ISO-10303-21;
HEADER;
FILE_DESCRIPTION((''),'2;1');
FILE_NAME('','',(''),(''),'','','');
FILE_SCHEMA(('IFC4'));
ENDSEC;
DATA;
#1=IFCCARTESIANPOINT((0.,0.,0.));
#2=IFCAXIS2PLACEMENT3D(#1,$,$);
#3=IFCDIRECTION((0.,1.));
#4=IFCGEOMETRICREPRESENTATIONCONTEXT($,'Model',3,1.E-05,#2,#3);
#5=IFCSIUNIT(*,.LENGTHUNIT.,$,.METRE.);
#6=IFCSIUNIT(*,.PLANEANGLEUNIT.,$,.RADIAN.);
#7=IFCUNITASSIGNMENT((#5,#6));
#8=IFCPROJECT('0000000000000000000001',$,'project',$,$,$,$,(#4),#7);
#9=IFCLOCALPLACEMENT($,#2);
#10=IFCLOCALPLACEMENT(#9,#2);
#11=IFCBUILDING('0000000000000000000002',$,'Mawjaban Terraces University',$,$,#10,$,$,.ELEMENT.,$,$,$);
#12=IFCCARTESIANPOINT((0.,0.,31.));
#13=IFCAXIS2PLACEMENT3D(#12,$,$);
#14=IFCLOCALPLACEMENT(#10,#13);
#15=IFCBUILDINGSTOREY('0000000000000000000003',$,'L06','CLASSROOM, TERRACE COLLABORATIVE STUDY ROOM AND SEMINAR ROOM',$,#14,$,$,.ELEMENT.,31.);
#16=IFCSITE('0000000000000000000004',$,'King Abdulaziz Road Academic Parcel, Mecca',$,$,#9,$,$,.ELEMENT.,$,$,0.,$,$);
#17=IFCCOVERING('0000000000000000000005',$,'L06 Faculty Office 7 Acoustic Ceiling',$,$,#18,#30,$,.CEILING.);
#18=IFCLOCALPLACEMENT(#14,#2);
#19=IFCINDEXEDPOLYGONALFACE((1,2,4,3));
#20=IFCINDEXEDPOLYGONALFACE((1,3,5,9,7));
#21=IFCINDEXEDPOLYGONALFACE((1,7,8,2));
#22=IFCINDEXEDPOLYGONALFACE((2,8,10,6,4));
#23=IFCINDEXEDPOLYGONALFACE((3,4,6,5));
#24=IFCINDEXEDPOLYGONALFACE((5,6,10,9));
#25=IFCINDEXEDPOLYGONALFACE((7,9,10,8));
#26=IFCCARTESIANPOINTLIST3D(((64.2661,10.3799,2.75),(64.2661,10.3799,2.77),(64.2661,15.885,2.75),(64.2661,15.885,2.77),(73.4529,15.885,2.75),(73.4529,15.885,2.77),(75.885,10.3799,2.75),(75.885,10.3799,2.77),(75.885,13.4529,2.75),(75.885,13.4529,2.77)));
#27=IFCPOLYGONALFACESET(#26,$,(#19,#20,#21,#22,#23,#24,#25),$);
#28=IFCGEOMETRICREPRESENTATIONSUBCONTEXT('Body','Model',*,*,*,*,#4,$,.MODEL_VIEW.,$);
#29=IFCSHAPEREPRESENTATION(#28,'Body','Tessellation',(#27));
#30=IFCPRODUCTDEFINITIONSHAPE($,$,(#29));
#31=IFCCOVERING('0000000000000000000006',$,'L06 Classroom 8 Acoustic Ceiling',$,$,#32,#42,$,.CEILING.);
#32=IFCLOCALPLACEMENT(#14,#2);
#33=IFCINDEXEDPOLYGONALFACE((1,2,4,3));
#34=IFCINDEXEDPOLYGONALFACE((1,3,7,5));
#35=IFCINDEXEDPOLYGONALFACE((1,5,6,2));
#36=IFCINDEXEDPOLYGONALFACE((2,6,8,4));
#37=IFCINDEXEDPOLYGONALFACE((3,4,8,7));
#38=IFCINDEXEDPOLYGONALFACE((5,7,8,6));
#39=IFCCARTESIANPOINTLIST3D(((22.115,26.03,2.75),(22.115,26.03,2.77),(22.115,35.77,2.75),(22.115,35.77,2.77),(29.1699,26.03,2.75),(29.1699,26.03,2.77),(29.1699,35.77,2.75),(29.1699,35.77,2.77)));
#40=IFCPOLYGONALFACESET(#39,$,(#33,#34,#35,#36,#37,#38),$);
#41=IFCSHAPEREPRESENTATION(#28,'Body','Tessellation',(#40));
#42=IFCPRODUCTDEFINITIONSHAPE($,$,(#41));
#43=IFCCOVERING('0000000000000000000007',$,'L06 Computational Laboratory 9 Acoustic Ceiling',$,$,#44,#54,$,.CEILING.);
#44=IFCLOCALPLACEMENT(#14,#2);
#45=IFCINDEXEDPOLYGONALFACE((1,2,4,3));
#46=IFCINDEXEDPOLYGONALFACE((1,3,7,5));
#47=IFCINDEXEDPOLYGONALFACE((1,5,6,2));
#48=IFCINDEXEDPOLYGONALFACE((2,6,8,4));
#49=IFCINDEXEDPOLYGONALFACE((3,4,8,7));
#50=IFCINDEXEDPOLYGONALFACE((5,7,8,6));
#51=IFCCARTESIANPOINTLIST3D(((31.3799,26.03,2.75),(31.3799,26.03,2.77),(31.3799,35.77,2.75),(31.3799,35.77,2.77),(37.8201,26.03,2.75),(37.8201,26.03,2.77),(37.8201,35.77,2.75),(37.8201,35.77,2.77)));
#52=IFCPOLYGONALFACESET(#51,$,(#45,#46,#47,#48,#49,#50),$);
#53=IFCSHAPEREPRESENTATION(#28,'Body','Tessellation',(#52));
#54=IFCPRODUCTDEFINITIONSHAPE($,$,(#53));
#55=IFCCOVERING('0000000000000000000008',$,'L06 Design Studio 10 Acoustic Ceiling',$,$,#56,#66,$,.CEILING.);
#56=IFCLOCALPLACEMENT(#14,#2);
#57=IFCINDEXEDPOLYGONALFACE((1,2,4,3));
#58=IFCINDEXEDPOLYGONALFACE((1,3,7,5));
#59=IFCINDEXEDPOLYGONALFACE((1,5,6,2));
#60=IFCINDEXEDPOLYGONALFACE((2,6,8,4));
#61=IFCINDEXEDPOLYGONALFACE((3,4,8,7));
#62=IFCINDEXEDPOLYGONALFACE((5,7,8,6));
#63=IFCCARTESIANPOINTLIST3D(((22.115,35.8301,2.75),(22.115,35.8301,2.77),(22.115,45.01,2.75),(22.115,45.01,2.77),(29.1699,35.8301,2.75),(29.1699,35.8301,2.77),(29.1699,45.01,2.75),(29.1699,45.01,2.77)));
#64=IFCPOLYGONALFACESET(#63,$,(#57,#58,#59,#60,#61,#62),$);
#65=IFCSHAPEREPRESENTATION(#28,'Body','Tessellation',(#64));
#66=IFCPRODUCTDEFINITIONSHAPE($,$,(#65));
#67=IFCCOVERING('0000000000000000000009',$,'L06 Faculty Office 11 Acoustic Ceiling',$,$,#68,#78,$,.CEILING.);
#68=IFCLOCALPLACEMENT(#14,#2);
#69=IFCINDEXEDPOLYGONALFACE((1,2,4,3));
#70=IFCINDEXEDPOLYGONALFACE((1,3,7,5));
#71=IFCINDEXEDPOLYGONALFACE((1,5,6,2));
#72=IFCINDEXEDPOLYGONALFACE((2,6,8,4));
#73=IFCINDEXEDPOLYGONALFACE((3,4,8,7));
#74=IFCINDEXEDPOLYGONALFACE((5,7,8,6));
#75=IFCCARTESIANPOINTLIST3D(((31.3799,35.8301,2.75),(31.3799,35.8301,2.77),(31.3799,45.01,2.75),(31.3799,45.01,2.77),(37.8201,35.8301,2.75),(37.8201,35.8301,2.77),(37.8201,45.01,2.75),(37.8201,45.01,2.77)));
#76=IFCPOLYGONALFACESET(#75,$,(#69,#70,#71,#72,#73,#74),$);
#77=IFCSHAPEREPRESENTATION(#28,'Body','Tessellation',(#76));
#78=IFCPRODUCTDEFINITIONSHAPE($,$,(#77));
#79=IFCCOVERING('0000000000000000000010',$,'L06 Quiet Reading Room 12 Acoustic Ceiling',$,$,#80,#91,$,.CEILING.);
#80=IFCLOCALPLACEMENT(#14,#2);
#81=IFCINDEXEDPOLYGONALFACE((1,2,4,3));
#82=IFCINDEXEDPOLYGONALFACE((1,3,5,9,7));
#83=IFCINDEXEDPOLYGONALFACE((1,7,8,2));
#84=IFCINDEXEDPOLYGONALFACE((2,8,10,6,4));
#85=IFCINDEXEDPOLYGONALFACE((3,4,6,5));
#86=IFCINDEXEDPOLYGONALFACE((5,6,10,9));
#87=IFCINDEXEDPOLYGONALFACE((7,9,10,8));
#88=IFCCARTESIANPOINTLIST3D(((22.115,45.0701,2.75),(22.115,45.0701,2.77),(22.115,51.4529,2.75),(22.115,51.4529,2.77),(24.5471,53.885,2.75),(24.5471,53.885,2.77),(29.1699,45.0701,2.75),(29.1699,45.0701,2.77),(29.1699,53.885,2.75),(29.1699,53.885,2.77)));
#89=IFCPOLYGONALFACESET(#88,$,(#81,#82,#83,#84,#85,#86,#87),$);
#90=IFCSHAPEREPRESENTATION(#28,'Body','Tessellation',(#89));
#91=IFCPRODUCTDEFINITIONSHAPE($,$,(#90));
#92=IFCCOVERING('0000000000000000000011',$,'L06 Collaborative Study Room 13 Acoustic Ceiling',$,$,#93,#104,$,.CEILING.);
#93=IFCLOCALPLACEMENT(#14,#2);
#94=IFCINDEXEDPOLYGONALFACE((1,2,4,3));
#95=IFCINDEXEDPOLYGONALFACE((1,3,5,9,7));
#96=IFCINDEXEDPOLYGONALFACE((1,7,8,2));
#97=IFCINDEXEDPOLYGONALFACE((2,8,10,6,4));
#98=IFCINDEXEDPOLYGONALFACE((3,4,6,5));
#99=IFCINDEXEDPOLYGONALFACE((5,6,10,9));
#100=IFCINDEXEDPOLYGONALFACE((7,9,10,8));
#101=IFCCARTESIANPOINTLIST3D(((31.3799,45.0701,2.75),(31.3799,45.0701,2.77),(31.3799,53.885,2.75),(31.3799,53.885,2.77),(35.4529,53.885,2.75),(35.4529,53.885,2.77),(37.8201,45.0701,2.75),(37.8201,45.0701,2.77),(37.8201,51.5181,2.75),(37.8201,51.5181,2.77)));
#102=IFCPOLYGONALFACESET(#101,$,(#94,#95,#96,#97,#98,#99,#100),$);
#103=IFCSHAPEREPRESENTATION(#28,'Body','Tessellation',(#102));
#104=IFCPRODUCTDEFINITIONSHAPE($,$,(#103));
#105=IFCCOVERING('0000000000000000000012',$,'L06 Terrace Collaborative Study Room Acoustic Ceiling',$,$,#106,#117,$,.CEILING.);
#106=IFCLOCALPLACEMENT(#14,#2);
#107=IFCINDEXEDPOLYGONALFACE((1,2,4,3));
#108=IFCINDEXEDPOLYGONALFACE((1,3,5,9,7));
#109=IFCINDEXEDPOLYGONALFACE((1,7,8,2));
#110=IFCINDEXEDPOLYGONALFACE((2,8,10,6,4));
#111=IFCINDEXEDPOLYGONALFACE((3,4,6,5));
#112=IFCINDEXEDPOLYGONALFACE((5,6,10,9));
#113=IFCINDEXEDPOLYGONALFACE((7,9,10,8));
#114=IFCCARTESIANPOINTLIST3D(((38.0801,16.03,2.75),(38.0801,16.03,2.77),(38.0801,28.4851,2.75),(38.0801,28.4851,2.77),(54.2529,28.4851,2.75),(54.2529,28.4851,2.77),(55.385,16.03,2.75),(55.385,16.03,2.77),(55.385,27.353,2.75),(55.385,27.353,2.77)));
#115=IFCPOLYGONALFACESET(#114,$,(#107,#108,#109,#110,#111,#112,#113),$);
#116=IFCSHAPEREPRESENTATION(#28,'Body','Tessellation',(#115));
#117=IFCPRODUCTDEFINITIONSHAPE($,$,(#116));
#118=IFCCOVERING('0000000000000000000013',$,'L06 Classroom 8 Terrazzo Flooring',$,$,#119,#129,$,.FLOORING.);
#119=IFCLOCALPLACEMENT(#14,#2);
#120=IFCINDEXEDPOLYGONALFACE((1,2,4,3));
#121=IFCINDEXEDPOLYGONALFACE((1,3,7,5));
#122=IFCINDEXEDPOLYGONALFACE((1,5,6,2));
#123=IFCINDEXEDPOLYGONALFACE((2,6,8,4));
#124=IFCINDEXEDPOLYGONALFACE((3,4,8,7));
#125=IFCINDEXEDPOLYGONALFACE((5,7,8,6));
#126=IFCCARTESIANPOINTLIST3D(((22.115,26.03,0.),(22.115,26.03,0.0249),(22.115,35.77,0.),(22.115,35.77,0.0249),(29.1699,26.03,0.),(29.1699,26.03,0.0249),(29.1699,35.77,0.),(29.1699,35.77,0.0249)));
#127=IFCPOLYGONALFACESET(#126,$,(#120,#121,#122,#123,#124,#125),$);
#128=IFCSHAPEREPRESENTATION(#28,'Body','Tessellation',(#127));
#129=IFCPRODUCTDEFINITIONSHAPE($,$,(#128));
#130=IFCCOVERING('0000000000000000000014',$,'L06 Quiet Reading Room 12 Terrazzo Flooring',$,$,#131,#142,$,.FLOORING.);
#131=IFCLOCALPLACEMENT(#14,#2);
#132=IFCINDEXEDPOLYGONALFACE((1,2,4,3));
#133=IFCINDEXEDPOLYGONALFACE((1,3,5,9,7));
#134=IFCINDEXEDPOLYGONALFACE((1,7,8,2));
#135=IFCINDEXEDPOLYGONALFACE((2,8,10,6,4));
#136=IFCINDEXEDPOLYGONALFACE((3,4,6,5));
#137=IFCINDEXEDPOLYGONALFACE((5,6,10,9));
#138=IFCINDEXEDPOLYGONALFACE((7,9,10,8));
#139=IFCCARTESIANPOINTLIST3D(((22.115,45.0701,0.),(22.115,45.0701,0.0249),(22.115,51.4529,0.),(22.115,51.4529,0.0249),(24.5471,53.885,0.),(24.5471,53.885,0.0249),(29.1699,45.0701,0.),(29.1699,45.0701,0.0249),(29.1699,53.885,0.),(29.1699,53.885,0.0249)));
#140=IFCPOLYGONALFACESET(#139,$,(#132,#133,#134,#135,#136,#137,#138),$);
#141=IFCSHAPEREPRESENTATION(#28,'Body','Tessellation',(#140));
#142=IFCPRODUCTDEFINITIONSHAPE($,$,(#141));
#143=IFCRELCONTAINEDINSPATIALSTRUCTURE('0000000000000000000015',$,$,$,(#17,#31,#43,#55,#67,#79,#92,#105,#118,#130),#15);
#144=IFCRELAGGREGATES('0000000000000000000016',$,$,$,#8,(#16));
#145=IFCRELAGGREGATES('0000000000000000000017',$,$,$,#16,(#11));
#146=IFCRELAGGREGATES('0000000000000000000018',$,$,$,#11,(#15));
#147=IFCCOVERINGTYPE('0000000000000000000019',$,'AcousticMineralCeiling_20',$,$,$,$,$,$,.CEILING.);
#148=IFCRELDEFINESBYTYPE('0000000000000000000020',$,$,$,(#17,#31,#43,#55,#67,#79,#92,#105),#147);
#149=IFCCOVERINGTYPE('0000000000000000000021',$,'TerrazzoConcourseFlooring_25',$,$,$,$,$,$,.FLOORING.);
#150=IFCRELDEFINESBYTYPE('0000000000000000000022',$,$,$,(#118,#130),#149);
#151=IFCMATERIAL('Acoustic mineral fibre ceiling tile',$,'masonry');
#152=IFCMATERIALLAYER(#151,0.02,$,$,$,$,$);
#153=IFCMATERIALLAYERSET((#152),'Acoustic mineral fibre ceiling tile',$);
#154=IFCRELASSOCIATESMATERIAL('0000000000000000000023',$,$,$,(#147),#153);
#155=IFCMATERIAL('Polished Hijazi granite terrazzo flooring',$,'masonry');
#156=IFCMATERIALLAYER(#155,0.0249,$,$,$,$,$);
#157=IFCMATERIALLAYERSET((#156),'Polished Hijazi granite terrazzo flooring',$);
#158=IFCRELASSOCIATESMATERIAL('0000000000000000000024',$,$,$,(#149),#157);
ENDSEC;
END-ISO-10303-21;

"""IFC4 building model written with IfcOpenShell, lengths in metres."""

from ifc_helpers import new_model, si_unit, direction, frame, origin, place, context, subcontext, project, spatial, polyline, outline, extrude, material, layer, layer_set, type_object, element, save


model = new_model("IFC4")

# Units and contexts
model_context = context("Model", 3, precision=1e-05, world=origin(), true_north=direction((0.0, 1.0)))
body_context = subcontext(model_context, "Body", "Model", "MODEL_VIEW")
ifc_project = project(units=[si_unit("LENGTHUNIT", "METRE"), si_unit("PLANEANGLEUNIT", "RADIAN")], contexts=[model_context])

# Site, building, storey
site_placement = place(None, origin())
site = spatial("IfcSite", under=ifc_project, at=site_placement, Name="King Abdulaziz Road Academic Parcel, Mecca", CompositionType="ELEMENT", RefElevation=0.0)
building_placement = place(site_placement, origin())
building = spatial("IfcBuilding", under=site, at=building_placement, Name="Mawjaban Terraces University", CompositionType="ELEMENT")
storey_placement = place(building_placement, frame((0.0, 0.0, 31.0)))
storey = spatial("IfcBuildingStorey", under=building, at=storey_placement, Name="L06", Description="CLASSROOM, TERRACE COLLABORATIVE STUDY ROOM AND SEMINAR ROOM", CompositionType="ELEMENT", Elevation=31.0)

# Coverings
ifc_material_1 = material(Name="Acoustic mineral fibre ceiling tile", Category="masonry")
ifc_layer_1 = layer(ifc_material_1, 0.02)
ifc_layer_set_1 = layer_set([ifc_layer_1], Name="Acoustic mineral fibre ceiling tile")
covering_type_1 = type_object("IfcCoveringType", Name="AcousticMineralCeiling_20", PredefinedType="CEILING", material=ifc_layer_set_1)
covering_1_placement = place(storey_placement, frame((0.0, 0.0, 2.75)))
element("IfcCovering", 1, at=covering_1_placement, inside=storey, type_object=covering_type_1, Name="L06 Faculty Office 7 Acoustic Ceiling", PredefinedType="CEILING", context=body_context, shape_type="SweptSolid", body=[
    extrude(outline(polyline([(75.885, 10.3799), (75.885, 13.4529), (73.4529, 15.885), (64.2661, 15.885), (64.2661, 10.3799), (75.885, 10.3799)])), origin(), (0.0, 0.0, 1.0), 0.02),
])
covering_2_placement = place(storey_placement, frame((0.0, 0.0, 2.75)))
element("IfcCovering", 2, at=covering_2_placement, inside=storey, type_object=covering_type_1, Name="L06 Classroom 8 Acoustic Ceiling", PredefinedType="CEILING", context=body_context, shape_type="SweptSolid", body=[
    extrude(outline(polyline([(22.115, 35.77), (22.115, 26.03), (29.1699, 26.03), (29.1699, 35.77), (22.115, 35.77)])), origin(), (0.0, 0.0, 1.0), 0.02),
])
covering_3_placement = place(storey_placement, frame((0.0, 0.0, 2.75)))
element("IfcCovering", 3, at=covering_3_placement, inside=storey, type_object=covering_type_1, Name="L06 Computational Laboratory 9 Acoustic Ceiling", PredefinedType="CEILING", context=body_context, shape_type="SweptSolid", body=[
    extrude(outline(polyline([(37.8201, 26.03), (37.8201, 35.77), (31.3799, 35.77), (31.3799, 26.03), (37.8201, 26.03)])), origin(), (0.0, 0.0, 1.0), 0.02),
])
covering_4_placement = place(storey_placement, frame((0.0, 0.0, 2.75)))
element("IfcCovering", 4, at=covering_4_placement, inside=storey, type_object=covering_type_1, Name="L06 Design Studio 10 Acoustic Ceiling", PredefinedType="CEILING", context=body_context, shape_type="SweptSolid", body=[
    extrude(outline(polyline([(22.115, 45.01), (22.115, 35.8301), (29.1699, 35.8301), (29.1699, 45.01), (22.115, 45.01)])), origin(), (0.0, 0.0, 1.0), 0.02),
])
covering_5_placement = place(storey_placement, frame((0.0, 0.0, 2.75)))
element("IfcCovering", 5, at=covering_5_placement, inside=storey, type_object=covering_type_1, Name="L06 Faculty Office 11 Acoustic Ceiling", PredefinedType="CEILING", context=body_context, shape_type="SweptSolid", body=[
    extrude(outline(polyline([(37.8201, 35.8301), (37.8201, 45.01), (31.3799, 45.01), (31.3799, 35.8301), (37.8201, 35.8301)])), origin(), (0.0, 0.0, 1.0), 0.02),
])
covering_6_placement = place(storey_placement, frame((0.0, 0.0, 2.75)))
element("IfcCovering", 6, at=covering_6_placement, inside=storey, type_object=covering_type_1, Name="L06 Quiet Reading Room 12 Acoustic Ceiling", PredefinedType="CEILING", context=body_context, shape_type="SweptSolid", body=[
    extrude(outline(polyline([(29.1699, 53.885), (24.5471, 53.885), (22.115, 51.4529), (22.115, 45.0701), (29.1699, 45.0701), (29.1699, 53.885)])), origin(), (0.0, 0.0, 1.0), 0.02),
])
covering_7_placement = place(storey_placement, frame((0.0, 0.0, 2.75)))
element("IfcCovering", 7, at=covering_7_placement, inside=storey, type_object=covering_type_1, Name="L06 Collaborative Study Room 13 Acoustic Ceiling", PredefinedType="CEILING", context=body_context, shape_type="SweptSolid", body=[
    extrude(outline(polyline([(37.8201, 51.5181), (35.4529, 53.885), (31.3799, 53.885), (31.3799, 45.0701), (37.8201, 45.0701), (37.8201, 51.5181)])), origin(), (0.0, 0.0, 1.0), 0.02),
])
covering_8_placement = place(storey_placement, frame((0.0, 0.0, 2.75)))
element("IfcCovering", 8, at=covering_8_placement, inside=storey, type_object=covering_type_1, Name="L06 Terrace Collaborative Study Room Acoustic Ceiling", PredefinedType="CEILING", context=body_context, shape_type="SweptSolid", body=[
    extrude(outline(polyline([(55.385, 16.03), (55.385, 27.353), (54.2529, 28.4851), (38.0801, 28.4851), (38.0801, 16.03), (55.385, 16.03)])), origin(), (0.0, 0.0, 1.0), 0.02),
])
ifc_material_2 = material(Name="Polished Hijazi granite terrazzo flooring", Category="masonry")
ifc_layer_2 = layer(ifc_material_2, 0.0249)
ifc_layer_set_2 = layer_set([ifc_layer_2], Name="Polished Hijazi granite terrazzo flooring")
covering_type_2 = type_object("IfcCoveringType", Name="TerrazzoConcourseFlooring_25", PredefinedType="FLOORING", material=ifc_layer_set_2)
covering_9_placement = place(storey_placement, origin())
element("IfcCovering", 9, at=covering_9_placement, inside=storey, type_object=covering_type_2, Name="L06 Classroom 8 Terrazzo Flooring", PredefinedType="FLOORING", context=body_context, shape_type="SweptSolid", body=[
    extrude(outline(polyline([(22.115, 35.77), (22.115, 26.03), (29.1699, 26.03), (29.1699, 35.77), (22.115, 35.77)])), origin(), (0.0, 0.0, 1.0), 0.0249),
])
covering_10_placement = place(storey_placement, origin())
element("IfcCovering", 10, at=covering_10_placement, inside=storey, type_object=covering_type_2, Name="L06 Quiet Reading Room 12 Terrazzo Flooring", PredefinedType="FLOORING", context=body_context, shape_type="SweptSolid", body=[
    extrude(outline(polyline([(29.1699, 53.885), (24.5471, 53.885), (22.115, 51.4529), (22.115, 45.0701), (29.1699, 45.0701), (29.1699, 53.885)])), origin(), (0.0, 0.0, 1.0), 0.0249),
])

save(model, "model.ifc")
